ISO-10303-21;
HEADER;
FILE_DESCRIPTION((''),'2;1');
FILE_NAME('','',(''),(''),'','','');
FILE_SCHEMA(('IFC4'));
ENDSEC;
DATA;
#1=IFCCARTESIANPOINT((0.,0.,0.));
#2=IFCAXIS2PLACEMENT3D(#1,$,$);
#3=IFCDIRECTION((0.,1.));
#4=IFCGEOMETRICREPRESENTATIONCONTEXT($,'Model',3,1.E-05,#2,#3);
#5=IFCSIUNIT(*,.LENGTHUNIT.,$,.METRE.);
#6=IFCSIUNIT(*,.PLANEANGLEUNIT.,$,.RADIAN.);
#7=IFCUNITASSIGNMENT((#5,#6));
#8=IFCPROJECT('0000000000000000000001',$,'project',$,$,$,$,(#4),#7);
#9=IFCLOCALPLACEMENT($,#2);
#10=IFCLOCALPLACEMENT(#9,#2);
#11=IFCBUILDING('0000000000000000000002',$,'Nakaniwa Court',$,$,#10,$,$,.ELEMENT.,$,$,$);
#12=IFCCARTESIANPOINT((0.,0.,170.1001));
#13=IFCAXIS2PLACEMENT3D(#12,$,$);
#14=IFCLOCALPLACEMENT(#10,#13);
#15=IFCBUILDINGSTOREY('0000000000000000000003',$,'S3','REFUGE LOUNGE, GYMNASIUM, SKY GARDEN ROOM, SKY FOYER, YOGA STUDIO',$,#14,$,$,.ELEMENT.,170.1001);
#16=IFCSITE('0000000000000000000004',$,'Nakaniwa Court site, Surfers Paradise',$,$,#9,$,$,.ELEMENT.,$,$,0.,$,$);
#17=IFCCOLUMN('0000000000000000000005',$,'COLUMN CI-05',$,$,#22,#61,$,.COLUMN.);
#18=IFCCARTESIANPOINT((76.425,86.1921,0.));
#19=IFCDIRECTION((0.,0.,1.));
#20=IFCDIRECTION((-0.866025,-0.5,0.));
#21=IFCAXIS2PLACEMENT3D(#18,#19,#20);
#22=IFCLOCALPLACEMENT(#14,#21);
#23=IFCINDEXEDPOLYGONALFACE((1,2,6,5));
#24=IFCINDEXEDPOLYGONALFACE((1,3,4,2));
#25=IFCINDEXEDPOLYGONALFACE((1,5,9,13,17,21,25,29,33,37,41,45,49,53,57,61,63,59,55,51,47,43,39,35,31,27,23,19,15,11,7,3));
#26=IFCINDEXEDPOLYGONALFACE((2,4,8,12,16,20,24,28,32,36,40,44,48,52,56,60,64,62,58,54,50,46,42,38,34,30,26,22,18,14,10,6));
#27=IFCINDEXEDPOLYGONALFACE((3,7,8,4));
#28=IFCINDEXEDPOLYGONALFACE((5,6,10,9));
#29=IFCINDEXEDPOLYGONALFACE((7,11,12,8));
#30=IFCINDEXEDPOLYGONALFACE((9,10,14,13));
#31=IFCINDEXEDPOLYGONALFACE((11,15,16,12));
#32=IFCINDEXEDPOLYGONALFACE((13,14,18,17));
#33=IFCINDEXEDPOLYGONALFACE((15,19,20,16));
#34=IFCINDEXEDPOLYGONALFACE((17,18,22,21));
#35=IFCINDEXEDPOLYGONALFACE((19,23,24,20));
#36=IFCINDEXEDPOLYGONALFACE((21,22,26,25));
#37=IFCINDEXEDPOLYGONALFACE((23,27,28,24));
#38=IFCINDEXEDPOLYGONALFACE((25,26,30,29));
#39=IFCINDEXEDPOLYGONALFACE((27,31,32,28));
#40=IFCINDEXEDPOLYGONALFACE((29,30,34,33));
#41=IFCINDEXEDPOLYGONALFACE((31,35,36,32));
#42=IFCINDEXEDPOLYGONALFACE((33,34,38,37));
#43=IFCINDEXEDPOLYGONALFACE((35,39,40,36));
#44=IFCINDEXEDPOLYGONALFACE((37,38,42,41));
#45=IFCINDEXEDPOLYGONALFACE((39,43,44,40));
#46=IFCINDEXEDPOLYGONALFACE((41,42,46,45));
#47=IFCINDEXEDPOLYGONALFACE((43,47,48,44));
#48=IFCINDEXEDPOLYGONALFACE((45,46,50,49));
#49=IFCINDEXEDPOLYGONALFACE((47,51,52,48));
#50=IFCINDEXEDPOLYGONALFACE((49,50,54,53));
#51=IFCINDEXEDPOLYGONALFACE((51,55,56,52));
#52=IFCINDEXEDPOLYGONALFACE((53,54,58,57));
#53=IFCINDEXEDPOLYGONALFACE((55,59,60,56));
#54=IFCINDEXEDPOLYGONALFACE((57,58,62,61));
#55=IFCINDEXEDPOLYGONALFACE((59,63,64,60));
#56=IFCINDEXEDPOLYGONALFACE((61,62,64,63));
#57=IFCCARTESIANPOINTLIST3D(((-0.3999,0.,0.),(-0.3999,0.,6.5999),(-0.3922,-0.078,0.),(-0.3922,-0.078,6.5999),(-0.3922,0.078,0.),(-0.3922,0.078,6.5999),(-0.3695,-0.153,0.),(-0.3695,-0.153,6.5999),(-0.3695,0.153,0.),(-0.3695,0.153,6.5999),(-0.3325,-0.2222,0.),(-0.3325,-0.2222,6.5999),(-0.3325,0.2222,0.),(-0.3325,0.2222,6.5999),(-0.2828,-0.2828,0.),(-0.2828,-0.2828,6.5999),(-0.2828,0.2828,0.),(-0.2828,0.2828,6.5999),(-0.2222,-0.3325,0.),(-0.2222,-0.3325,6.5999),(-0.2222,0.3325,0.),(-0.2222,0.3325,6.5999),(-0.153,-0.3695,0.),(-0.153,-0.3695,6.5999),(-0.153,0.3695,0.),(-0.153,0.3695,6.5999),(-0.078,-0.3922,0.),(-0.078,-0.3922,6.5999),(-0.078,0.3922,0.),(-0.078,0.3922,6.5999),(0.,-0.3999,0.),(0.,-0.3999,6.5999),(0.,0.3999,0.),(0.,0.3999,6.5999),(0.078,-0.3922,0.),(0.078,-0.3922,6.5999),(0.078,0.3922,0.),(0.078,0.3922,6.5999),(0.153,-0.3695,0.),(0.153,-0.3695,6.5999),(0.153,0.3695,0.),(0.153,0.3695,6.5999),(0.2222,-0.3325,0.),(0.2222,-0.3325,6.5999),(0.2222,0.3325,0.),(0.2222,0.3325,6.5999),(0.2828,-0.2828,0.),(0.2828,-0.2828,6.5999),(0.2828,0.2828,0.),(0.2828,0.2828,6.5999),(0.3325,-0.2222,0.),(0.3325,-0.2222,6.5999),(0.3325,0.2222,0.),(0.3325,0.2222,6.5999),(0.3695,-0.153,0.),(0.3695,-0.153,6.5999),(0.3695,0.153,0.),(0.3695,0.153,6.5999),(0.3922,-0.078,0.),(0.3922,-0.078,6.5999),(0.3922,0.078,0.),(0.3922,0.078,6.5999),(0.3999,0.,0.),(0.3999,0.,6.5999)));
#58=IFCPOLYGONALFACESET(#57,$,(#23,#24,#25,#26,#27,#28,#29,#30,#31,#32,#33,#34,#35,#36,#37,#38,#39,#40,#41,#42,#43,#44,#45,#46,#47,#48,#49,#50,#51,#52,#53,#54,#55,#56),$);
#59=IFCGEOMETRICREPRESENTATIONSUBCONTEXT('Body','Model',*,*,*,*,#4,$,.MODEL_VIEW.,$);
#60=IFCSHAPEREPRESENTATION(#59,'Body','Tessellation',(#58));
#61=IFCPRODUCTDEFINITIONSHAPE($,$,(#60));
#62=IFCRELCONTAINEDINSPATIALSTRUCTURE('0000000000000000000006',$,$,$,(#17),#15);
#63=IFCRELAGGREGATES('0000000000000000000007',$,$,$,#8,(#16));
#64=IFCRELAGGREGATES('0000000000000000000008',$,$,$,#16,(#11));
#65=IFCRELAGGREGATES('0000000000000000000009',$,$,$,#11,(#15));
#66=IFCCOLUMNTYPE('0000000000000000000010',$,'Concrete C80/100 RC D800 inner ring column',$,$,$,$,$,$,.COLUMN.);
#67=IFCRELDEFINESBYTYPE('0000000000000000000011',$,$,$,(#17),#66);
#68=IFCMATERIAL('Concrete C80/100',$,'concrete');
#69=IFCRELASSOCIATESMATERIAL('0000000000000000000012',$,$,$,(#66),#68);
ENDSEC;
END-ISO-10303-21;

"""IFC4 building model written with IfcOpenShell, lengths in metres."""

from ifc_helpers import new_model, si_unit, direction, frame, origin, origin_2d, place, context, subcontext, project, spatial, circle, extrude, material, material_profile, profile_set, type_object, element, save


model = new_model("IFC4")

# Units and contexts
model_context = context("Model", 3, precision=1e-05, world=origin(), true_north=direction((0.0, 1.0)))
body_context = subcontext(model_context, "Body", "Model", "MODEL_VIEW")
ifc_project = project(units=[si_unit("LENGTHUNIT", "METRE"), si_unit("PLANEANGLEUNIT", "RADIAN")], contexts=[model_context])

# Site, building, storey
site_placement = place(None, origin())
site = spatial("IfcSite", under=ifc_project, at=site_placement, Name="Nakaniwa Court site, Surfers Paradise", CompositionType="ELEMENT", RefElevation=0.0)
building_placement = place(site_placement, origin())
building = spatial("IfcBuilding", under=site, at=building_placement, Name="Nakaniwa Court", CompositionType="ELEMENT")
storey_placement = place(building_placement, frame((0.0, 0.0, 170.1001)))
storey = spatial("IfcBuildingStorey", under=building, at=storey_placement, Name="S3", Description="REFUGE LOUNGE, GYMNASIUM, SKY GARDEN ROOM, SKY FOYER, YOGA STUDIO", CompositionType="ELEMENT", Elevation=170.1001)

# Column
ifc_material_1 = material(Name="Concrete C80/100", Category="concrete")
ifc_material_profile_1 = material_profile(ifc_material_1, circle(Radius=0.3999, at=origin_2d()), Name="Concrete C80/100 RC D800 inner ring column")
ifc_profile_set_1 = profile_set([ifc_material_profile_1], Name="Concrete C80/100")
column_type_1 = type_object("IfcColumnType", Name="Concrete C80/100 RC D800 inner ring column", PredefinedType="COLUMN", material=ifc_profile_set_1)
column_placement = place(storey_placement, frame((76.425, 86.1921, 0.0), z_axis=(0.0, 0.0, 1.0), x_axis=(-0.866025, -0.5, 0.0)))
element("IfcColumn", 1, at=column_placement, inside=storey, type_object=column_type_1, Name="COLUMN CI-05", PredefinedType="COLUMN", context=body_context, shape_type="SweptSolid", body=[
    extrude(circle(Radius=0.3999, at=origin_2d()), origin(), (0.0, 0.0, 1.0), 6.5999),
])

save(model, "model.ifc")
